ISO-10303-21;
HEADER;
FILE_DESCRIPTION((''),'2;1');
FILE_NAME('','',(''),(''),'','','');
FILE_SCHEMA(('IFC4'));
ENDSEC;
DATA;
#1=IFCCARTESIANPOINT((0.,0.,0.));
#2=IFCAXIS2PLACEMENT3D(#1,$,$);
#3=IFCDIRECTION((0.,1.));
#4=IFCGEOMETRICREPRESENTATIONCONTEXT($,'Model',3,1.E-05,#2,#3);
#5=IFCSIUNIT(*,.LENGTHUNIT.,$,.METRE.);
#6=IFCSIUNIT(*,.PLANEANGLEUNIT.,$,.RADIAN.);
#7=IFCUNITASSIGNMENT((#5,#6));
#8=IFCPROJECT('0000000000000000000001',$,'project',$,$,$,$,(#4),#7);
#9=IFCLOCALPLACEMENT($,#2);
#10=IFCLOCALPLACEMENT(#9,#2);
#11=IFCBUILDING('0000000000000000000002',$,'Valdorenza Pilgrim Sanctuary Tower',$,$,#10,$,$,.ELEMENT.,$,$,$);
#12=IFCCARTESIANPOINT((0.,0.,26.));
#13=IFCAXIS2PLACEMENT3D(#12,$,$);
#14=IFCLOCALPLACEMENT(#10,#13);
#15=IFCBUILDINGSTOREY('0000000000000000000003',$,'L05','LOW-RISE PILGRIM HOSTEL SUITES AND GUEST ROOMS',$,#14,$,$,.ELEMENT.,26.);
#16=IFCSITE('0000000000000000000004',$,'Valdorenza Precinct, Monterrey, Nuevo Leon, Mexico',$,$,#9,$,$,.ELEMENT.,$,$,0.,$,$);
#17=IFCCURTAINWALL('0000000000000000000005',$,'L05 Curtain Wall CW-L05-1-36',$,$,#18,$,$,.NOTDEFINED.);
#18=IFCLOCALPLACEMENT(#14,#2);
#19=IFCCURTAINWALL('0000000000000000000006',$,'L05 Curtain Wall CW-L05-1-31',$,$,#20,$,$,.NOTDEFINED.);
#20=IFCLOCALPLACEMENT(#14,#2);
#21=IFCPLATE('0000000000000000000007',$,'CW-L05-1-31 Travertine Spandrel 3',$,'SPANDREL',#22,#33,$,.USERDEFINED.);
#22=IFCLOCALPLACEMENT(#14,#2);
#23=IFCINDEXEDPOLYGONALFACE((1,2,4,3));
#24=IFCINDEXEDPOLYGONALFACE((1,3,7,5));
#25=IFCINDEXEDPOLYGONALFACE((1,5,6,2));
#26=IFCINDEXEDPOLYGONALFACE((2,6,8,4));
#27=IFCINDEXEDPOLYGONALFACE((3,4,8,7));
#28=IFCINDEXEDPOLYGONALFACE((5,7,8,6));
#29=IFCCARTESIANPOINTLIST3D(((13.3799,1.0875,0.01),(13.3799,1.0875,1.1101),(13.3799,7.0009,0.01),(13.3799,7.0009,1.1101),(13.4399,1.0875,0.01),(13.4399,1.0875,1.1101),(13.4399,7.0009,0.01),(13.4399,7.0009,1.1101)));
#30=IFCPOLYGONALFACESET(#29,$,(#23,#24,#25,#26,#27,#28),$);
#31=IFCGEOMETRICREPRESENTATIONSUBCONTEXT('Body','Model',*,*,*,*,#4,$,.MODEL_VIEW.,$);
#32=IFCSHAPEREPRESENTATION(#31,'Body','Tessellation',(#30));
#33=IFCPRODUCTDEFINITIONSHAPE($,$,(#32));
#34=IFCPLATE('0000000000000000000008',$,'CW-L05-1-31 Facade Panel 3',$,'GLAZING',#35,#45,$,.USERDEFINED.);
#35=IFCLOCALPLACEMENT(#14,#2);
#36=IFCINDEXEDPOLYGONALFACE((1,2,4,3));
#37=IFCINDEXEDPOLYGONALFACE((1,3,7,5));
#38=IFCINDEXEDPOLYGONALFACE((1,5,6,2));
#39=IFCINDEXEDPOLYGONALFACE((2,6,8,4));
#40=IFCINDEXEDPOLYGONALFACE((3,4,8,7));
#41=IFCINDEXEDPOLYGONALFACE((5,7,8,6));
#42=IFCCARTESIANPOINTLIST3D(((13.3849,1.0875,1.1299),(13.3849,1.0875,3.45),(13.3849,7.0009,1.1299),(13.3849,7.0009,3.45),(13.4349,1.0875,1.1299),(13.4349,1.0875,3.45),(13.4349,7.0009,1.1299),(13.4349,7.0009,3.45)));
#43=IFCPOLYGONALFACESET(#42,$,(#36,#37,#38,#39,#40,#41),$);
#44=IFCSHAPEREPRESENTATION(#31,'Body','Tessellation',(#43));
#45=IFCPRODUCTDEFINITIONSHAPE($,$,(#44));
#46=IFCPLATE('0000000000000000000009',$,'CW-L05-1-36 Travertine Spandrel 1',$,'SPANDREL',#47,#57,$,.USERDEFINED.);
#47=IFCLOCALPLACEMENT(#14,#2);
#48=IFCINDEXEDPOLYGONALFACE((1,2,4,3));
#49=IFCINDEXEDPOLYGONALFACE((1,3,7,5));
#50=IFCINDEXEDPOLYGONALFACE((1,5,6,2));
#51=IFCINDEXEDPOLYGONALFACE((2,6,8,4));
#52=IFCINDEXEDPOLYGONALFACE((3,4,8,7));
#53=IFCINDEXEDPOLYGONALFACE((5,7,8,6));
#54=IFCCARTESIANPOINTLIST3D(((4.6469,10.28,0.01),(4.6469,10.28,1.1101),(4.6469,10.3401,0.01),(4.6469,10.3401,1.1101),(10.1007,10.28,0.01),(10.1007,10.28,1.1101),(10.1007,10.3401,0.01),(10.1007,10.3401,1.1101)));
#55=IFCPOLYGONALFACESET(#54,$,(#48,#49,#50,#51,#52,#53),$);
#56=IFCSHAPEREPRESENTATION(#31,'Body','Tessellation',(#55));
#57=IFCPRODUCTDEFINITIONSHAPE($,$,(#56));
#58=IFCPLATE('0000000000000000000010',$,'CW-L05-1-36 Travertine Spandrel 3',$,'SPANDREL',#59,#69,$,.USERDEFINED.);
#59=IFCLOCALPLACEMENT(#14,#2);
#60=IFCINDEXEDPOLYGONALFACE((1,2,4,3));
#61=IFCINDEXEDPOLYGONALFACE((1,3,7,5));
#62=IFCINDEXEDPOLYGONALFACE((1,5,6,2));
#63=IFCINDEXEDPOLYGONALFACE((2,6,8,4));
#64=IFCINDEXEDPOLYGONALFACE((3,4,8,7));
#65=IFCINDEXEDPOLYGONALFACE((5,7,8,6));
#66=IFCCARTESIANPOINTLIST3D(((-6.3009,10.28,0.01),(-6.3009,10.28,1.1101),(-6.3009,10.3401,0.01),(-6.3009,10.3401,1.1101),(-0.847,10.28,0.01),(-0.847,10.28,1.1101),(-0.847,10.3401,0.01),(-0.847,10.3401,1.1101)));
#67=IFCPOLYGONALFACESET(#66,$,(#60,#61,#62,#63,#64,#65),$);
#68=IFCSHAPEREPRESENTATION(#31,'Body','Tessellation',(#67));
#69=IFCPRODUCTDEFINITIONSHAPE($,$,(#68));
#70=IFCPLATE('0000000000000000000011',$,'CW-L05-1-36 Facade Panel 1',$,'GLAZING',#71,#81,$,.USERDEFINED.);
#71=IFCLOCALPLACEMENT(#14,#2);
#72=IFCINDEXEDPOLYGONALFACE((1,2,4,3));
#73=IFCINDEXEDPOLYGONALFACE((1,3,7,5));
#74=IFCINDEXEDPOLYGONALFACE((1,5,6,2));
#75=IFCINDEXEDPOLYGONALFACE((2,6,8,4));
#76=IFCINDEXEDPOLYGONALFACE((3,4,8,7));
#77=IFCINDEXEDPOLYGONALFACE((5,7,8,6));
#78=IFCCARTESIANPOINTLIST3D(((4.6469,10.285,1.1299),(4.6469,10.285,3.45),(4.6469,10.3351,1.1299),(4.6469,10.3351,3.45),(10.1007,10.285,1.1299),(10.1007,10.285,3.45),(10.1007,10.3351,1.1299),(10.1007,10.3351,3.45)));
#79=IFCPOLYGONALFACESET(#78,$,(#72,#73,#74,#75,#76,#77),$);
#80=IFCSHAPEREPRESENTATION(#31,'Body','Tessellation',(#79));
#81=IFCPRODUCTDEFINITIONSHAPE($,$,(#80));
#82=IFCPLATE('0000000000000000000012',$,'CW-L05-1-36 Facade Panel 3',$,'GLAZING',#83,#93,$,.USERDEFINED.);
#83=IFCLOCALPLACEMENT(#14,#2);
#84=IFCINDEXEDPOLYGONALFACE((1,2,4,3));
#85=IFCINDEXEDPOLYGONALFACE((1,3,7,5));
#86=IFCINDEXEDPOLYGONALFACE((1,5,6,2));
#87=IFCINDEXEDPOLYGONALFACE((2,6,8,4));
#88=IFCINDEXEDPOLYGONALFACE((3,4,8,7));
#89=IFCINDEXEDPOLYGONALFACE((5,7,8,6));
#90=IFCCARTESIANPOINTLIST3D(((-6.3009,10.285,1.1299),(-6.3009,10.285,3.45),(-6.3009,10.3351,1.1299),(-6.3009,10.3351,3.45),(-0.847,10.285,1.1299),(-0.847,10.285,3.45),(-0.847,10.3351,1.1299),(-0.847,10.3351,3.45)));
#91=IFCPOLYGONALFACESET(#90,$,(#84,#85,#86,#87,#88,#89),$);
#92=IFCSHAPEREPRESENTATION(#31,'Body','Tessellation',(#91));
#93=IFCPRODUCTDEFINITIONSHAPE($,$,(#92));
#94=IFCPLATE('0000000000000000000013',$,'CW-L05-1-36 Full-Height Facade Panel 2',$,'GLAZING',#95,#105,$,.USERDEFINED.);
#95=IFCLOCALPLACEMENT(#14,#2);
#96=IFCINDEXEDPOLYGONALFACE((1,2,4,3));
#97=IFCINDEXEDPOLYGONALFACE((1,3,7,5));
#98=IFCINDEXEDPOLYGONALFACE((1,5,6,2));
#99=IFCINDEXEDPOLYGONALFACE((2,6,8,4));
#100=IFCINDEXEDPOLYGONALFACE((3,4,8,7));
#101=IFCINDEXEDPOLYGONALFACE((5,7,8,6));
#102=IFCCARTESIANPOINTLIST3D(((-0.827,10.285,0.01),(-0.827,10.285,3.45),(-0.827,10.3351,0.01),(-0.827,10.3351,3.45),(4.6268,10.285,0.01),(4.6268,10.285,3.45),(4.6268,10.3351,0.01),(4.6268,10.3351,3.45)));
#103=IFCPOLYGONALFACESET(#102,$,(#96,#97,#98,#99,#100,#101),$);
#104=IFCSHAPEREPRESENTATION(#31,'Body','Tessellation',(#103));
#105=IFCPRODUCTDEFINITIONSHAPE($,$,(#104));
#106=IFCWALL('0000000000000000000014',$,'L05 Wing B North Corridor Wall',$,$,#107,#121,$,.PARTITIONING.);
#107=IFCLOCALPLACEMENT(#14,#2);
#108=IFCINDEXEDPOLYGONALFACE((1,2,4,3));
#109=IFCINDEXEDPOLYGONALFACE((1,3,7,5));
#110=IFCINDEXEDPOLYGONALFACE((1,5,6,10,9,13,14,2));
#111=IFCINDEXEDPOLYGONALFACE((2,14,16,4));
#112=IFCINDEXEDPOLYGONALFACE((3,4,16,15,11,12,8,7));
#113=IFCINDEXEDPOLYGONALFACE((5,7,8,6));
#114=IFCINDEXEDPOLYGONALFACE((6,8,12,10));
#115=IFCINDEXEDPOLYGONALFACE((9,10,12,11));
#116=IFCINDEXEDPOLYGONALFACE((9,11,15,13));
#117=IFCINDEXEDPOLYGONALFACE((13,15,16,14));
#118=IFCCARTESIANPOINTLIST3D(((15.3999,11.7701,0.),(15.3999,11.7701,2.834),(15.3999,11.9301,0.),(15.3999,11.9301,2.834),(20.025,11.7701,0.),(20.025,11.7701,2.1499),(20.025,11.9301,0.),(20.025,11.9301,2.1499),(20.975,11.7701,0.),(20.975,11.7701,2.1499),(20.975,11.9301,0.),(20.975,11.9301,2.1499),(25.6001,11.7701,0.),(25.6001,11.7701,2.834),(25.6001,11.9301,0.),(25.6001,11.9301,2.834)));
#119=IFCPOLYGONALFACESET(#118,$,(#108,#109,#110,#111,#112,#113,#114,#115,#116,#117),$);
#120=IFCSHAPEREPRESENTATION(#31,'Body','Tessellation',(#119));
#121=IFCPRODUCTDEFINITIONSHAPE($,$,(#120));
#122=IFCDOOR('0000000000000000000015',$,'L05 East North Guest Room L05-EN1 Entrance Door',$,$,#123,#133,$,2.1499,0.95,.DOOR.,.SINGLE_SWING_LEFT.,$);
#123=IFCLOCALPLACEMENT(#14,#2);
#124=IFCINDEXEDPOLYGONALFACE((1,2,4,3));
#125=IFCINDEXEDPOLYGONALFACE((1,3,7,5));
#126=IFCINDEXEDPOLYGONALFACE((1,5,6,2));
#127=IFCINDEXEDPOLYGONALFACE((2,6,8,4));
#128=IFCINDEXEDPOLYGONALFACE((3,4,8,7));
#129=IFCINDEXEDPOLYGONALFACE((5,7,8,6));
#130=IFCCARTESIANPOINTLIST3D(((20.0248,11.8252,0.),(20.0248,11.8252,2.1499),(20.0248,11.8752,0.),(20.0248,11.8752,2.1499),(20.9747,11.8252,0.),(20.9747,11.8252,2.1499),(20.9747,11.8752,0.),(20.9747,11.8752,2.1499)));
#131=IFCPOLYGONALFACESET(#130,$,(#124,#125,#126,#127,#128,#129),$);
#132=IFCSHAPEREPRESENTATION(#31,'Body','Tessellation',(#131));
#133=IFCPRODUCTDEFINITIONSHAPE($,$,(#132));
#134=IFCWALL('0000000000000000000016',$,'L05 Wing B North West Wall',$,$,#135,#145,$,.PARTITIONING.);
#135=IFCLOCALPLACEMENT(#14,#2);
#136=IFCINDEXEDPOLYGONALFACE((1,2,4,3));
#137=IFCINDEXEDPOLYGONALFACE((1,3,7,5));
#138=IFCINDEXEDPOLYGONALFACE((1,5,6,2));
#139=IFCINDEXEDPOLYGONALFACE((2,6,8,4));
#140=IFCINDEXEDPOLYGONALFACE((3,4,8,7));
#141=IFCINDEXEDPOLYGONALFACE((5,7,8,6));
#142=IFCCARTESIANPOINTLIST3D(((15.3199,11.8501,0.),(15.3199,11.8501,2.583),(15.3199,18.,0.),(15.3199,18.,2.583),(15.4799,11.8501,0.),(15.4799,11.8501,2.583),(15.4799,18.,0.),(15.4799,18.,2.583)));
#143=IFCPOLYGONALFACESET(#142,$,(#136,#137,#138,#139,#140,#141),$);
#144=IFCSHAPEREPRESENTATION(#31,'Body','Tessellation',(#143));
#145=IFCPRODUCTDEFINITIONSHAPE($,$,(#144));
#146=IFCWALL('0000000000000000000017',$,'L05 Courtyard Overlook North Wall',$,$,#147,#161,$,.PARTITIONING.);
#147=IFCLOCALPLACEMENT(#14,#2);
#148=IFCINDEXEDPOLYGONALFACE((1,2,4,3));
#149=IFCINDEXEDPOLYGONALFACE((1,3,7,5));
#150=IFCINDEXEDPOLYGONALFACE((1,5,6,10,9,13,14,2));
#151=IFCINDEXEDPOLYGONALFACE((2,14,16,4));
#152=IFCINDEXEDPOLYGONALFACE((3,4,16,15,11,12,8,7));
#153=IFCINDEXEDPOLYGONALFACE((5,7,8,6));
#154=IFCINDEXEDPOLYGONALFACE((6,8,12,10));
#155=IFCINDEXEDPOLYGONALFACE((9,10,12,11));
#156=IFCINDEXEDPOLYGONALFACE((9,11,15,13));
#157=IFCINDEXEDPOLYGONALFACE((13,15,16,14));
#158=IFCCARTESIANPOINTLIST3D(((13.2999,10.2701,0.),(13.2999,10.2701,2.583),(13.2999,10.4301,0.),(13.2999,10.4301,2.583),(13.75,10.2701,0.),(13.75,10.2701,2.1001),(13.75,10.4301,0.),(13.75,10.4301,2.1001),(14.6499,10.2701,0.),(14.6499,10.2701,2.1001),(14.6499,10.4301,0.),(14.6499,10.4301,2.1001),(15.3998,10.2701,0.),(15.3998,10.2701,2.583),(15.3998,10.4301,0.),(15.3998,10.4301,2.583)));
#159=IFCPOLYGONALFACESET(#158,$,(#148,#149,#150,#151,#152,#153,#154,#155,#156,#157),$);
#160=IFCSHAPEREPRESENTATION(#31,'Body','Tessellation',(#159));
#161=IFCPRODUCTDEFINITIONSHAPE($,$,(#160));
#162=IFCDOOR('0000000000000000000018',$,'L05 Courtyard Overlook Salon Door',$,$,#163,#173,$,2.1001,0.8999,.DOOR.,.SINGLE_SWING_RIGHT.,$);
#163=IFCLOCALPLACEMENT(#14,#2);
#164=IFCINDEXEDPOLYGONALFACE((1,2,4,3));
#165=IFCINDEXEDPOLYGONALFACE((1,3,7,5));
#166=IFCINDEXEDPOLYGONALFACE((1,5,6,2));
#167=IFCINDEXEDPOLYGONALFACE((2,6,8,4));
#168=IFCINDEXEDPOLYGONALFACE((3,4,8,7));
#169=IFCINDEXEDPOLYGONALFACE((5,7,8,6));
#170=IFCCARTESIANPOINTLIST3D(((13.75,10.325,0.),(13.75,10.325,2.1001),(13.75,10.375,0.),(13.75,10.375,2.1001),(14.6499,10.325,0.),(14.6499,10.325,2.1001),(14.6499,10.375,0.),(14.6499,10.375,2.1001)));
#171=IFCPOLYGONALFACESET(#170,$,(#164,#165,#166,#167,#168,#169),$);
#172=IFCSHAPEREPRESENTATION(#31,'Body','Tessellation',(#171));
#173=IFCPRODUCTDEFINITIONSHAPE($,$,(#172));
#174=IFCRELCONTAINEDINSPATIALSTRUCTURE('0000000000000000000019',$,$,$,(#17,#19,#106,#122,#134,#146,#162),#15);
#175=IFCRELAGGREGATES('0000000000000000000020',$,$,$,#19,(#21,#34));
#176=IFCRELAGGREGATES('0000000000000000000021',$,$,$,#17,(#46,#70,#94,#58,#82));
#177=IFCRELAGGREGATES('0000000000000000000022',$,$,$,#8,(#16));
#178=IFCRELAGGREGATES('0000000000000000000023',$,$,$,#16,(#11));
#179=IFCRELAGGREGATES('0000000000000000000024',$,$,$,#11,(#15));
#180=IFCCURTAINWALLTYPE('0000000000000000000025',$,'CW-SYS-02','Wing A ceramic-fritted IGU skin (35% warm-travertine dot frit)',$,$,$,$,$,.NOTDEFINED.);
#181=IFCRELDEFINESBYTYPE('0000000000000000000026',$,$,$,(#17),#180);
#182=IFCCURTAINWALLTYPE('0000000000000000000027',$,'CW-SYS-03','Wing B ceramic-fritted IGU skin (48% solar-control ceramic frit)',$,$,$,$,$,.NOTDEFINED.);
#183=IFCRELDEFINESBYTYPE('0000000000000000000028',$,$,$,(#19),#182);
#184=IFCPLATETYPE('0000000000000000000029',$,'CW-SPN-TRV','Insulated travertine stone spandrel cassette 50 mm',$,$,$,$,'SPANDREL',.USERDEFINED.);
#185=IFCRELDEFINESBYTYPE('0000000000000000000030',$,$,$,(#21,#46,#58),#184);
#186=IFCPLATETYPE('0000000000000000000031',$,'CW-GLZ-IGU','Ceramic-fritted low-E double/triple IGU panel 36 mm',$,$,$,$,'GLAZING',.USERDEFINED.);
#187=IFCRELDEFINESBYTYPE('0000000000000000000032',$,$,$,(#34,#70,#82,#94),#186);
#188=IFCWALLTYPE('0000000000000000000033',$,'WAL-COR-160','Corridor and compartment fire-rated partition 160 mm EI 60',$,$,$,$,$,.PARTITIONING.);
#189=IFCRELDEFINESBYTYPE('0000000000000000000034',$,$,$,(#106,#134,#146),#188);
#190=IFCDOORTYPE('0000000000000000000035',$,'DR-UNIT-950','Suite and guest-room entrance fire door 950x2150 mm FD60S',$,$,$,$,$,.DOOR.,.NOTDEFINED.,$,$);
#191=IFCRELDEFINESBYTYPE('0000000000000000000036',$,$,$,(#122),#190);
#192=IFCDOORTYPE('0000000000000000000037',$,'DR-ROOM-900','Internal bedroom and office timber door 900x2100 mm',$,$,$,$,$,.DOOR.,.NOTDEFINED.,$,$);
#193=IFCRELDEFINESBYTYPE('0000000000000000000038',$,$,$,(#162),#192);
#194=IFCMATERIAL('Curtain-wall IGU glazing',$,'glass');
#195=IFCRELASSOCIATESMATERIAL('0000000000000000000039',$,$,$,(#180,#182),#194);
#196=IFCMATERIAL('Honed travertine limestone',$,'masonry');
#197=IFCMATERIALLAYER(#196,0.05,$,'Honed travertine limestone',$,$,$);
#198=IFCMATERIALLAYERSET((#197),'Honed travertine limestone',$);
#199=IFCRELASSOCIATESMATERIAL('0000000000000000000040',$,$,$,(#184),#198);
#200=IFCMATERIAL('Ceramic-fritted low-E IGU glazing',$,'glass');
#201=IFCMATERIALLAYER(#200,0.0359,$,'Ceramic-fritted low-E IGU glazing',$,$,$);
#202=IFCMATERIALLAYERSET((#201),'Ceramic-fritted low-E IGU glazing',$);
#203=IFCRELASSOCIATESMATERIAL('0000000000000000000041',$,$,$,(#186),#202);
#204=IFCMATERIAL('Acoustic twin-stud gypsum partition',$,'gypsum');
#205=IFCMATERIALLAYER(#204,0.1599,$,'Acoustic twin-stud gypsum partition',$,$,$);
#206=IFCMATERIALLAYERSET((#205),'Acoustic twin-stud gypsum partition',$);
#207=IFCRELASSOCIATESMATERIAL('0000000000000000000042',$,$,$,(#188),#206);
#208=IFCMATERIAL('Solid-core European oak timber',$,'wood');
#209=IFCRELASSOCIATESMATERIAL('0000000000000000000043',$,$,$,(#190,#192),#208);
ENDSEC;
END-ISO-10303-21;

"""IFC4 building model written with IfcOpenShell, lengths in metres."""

from ifc_helpers import new_model, si_unit, direction, frame, frame_2d, origin, origin_2d, place, context, subcontext, project, spatial, rectangle, extrude, source, transform, mapped, material, layer, layer_set, type_object, element, fill, aggregate, save


model = new_model("IFC4")

# Units and contexts
model_context = context("Model", 3, precision=1e-05, world=origin(), true_north=direction((0.0, 1.0)))
body_context = subcontext(model_context, "Body", "Model", "MODEL_VIEW")
ifc_project = project(units=[si_unit("LENGTHUNIT", "METRE"), si_unit("PLANEANGLEUNIT", "RADIAN")], contexts=[model_context])

# Site, building, storey
site_placement = place(None, origin())
site = spatial("IfcSite", under=ifc_project, at=site_placement, Name="Valdorenza Precinct, Monterrey, Nuevo Leon, Mexico", CompositionType="ELEMENT", RefElevation=0.0)
building_placement = place(site_placement, origin())
building = spatial("IfcBuilding", under=site, at=building_placement, Name="Valdorenza Pilgrim Sanctuary Tower", CompositionType="ELEMENT")
storey_placement = place(building_placement, frame((0.0, 0.0, 26.0)))
storey = spatial("IfcBuildingStorey", under=building, at=storey_placement, Name="L05", Description="LOW-RISE PILGRIM HOSTEL SUITES AND GUEST ROOMS", CompositionType="ELEMENT", Elevation=26.0)

# Curtain walls
ifc_material_1 = material(Name="Curtain-wall IGU glazing", Category="glass")
curtain_wall_type_1 = type_object("IfcCurtainWallType", Name="CW-SYS-02", Description="Wing A ceramic-fritted IGU skin (35% warm-travertine dot frit)", PredefinedType="NOTDEFINED", material=ifc_material_1)
curtain_wall_1_placement = place(storey_placement, origin())
curtain_wall_1 = element("IfcCurtainWall", 1, at=curtain_wall_1_placement, inside=storey, type_object=curtain_wall_type_1, Name="L05 Curtain Wall CW-L05-1-36", PredefinedType="NOTDEFINED")
curtain_wall_type_2 = type_object("IfcCurtainWallType", Name="CW-SYS-03", Description="Wing B ceramic-fritted IGU skin (48% solar-control ceramic frit)", PredefinedType="NOTDEFINED", material=ifc_material_1)
curtain_wall_2_placement = place(storey_placement, origin())
curtain_wall_2 = element("IfcCurtainWall", 2, at=curtain_wall_2_placement, inside=storey, type_object=curtain_wall_type_2, Name="L05 Curtain Wall CW-L05-1-31", PredefinedType="NOTDEFINED")

# Plates
ifc_material_2 = material(Name="Honed travertine limestone", Category="masonry")
ifc_layer_1 = layer(ifc_material_2, 0.05, Name="Honed travertine limestone")
ifc_layer_set_1 = layer_set([ifc_layer_1], Name="Honed travertine limestone")
plate_type_1 = type_object("IfcPlateType", Name="CW-SPN-TRV", Description="Insulated travertine stone spandrel cassette 50 mm", ElementType="SPANDREL", PredefinedType="USERDEFINED", material=ifc_layer_set_1)
shared_shape_1 = source(origin(), body_context, "Body", "SweptSolid", [
    extrude(rectangle(XDim=5.9133, YDim=0.0601, at=origin_2d()), origin(), (0.0, 0.0, 1.0), 1.1001),
])
plate_1_placement = place(storey_placement, frame((13.4099, 4.0442, 0.01), z_axis=(0.0, 0.0, 1.0), x_axis=(0.0, 1.0, 0.0)))
plate_1 = element("IfcPlate", 3, at=plate_1_placement, type_object=plate_type_1, Name="CW-L05-1-31 Travertine Spandrel 3", ObjectType="SPANDREL", PredefinedType="USERDEFINED", context=body_context, shape_type="MappedRepresentation", body=[
    mapped(shared_shape_1, transform((0.0, 0.0, 0.0), x_axis=(1.0, 0.0, 0.0), y_axis=(0.0, 1.0, 0.0), z_axis=(0.0, 0.0, 1.0), scale=1.0)),
])
ifc_material_3 = material(Name="Ceramic-fritted low-E IGU glazing", Category="glass")
ifc_layer_2 = layer(ifc_material_3, 0.0359, Name="Ceramic-fritted low-E IGU glazing")
ifc_layer_set_2 = layer_set([ifc_layer_2], Name="Ceramic-fritted low-E IGU glazing")
plate_type_2 = type_object("IfcPlateType", Name="CW-GLZ-IGU", Description="Ceramic-fritted low-E double/triple IGU panel 36 mm", ElementType="GLAZING", PredefinedType="USERDEFINED", material=ifc_layer_set_2)
shared_shape_2 = source(origin(), body_context, "Body", "SweptSolid", [
    extrude(rectangle(XDim=5.9133, YDim=0.05, at=origin_2d()), origin(), (0.0, 0.0, 1.0), 2.3201),
])
plate_2_placement = place(storey_placement, frame((13.4099, 4.0442, 1.1299), z_axis=(0.0, 0.0, 1.0), x_axis=(0.0, 1.0, 0.0)))
plate_2 = element("IfcPlate", 4, at=plate_2_placement, type_object=plate_type_2, Name="CW-L05-1-31 Facade Panel 3", ObjectType="GLAZING", PredefinedType="USERDEFINED", context=body_context, shape_type="MappedRepresentation", body=[
    mapped(shared_shape_2, transform((0.0, 0.0, 0.0), x_axis=(1.0, 0.0, 0.0), y_axis=(0.0, 1.0, 0.0), z_axis=(0.0, 0.0, 1.0), scale=1.0)),
])
aggregate(curtain_wall_2, [plate_1, plate_2])
shared_shape_3 = source(origin(), body_context, "Body", "SweptSolid", [
    extrude(rectangle(XDim=5.4539, YDim=0.0601, at=origin_2d()), origin(), (0.0, 0.0, 1.0), 1.1001),
])
plate_3_placement = place(storey_placement, frame((7.3738, 10.3101, 0.01), z_axis=(0.0, 0.0, 1.0), x_axis=(-1.0, 0.0, 0.0)))
plate_3 = element("IfcPlate", 5, at=plate_3_placement, type_object=plate_type_1, Name="CW-L05-1-36 Travertine Spandrel 1", ObjectType="SPANDREL", PredefinedType="USERDEFINED", context=body_context, shape_type="MappedRepresentation", body=[
    mapped(shared_shape_3, transform((0.0, 0.0, 0.0), x_axis=(1.0, 0.0, 0.0), y_axis=(0.0, 1.0, 0.0), z_axis=(0.0, 0.0, 1.0), scale=1.0)),
])
plate_4_placement = place(storey_placement, frame((-3.574, 10.3101, 0.01), z_axis=(0.0, 0.0, 1.0), x_axis=(-1.0, 0.0, 0.0)))
plate_4 = element("IfcPlate", 6, at=plate_4_placement, type_object=plate_type_1, Name="CW-L05-1-36 Travertine Spandrel 3", ObjectType="SPANDREL", PredefinedType="USERDEFINED", context=body_context, shape_type="MappedRepresentation", body=[
    mapped(shared_shape_3, transform((0.0, 0.0, 0.0), x_axis=(1.0, 0.0, 0.0), y_axis=(0.0, 1.0, 0.0), z_axis=(0.0, 0.0, 1.0), scale=1.0)),
])
shared_shape_4 = source(origin(), body_context, "Body", "SweptSolid", [
    extrude(rectangle(XDim=5.4539, YDim=0.05, at=origin_2d()), origin(), (0.0, 0.0, 1.0), 2.3201),
])
plate_5_placement = place(storey_placement, frame((7.3738, 10.3101, 1.1299), z_axis=(0.0, 0.0, 1.0), x_axis=(-1.0, 0.0, 0.0)))
plate_5 = element("IfcPlate", 7, at=plate_5_placement, type_object=plate_type_2, Name="CW-L05-1-36 Facade Panel 1", ObjectType="GLAZING", PredefinedType="USERDEFINED", context=body_context, shape_type="MappedRepresentation", body=[
    mapped(shared_shape_4, transform((0.0, 0.0, 0.0), x_axis=(1.0, 0.0, 0.0), y_axis=(0.0, 1.0, 0.0), z_axis=(0.0, 0.0, 1.0), scale=1.0)),
])
plate_6_placement = place(storey_placement, frame((-3.574, 10.3101, 1.1299), z_axis=(0.0, 0.0, 1.0), x_axis=(-1.0, 0.0, 0.0)))
plate_6 = element("IfcPlate", 8, at=plate_6_placement, type_object=plate_type_2, Name="CW-L05-1-36 Facade Panel 3", ObjectType="GLAZING", PredefinedType="USERDEFINED", context=body_context, shape_type="MappedRepresentation", body=[
    mapped(shared_shape_4, transform((0.0, 0.0, 0.0), x_axis=(1.0, 0.0, 0.0), y_axis=(0.0, 1.0, 0.0), z_axis=(0.0, 0.0, 1.0), scale=1.0)),
])
shared_shape_5 = source(origin(), body_context, "Body", "SweptSolid", [
    extrude(rectangle(XDim=5.4539, YDim=0.05, at=origin_2d()), origin(), (0.0, 0.0, 1.0), 3.4399),
])
plate_7_placement = place(storey_placement, frame((1.8999, 10.3101, 0.01), z_axis=(0.0, 0.0, 1.0), x_axis=(-1.0, 0.0, 0.0)))
plate_7 = element("IfcPlate", 9, at=plate_7_placement, type_object=plate_type_2, Name="CW-L05-1-36 Full-Height Facade Panel 2", ObjectType="GLAZING", PredefinedType="USERDEFINED", context=body_context, shape_type="MappedRepresentation", body=[
    mapped(shared_shape_5, transform((0.0, 0.0, 0.0), x_axis=(1.0, 0.0, 0.0), y_axis=(0.0, 1.0, 0.0), z_axis=(0.0, 0.0, 1.0), scale=1.0)),
])
aggregate(curtain_wall_1, [plate_3, plate_5, plate_7, plate_4, plate_6])

# Wall, opening, door
ifc_material_4 = material(Name="Acoustic twin-stud gypsum partition", Category="gypsum")
ifc_layer_3 = layer(ifc_material_4, 0.1599, Name="Acoustic twin-stud gypsum partition")
ifc_layer_set_3 = layer_set([ifc_layer_3], Name="Acoustic twin-stud gypsum partition")
wall_type_1 = type_object("IfcWallType", Name="WAL-COR-160", Description="Corridor and compartment fire-rated partition 160 mm EI 60", PredefinedType="PARTITIONING", material=ifc_layer_set_3)
wall_1_placement = place(storey_placement, frame((15.3999, 11.8501, 0.0), z_axis=(0.0, 0.0, 1.0), x_axis=(1.0, 0.0, 0.0)))
wall_1 = element("IfcWall", 10, at=wall_1_placement, inside=storey, type_object=wall_type_1, Name="L05 Wing B North Corridor Wall", PredefinedType="PARTITIONING", context=body_context, shape_type="SweptSolid", body=[
    extrude(rectangle(XDim=10.2002, YDim=0.1599, at=frame_2d((5.1001, 0.0))), origin(), (0.0, 0.0, 1.0), 2.834),
])
opening_1_placement = place(wall_1_placement, frame((4.625, 0.0, 0.0)))
opening_1 = element("IfcOpeningElement", 11, at=opening_1_placement, cuts=wall_1, PredefinedType="OPENING", context=body_context, shape_type="SweptSolid", body=[
    extrude(rectangle(XDim=0.95, YDim=2.1499, at=frame_2d((0.4751, 1.075))), frame((0.0, 0.0947, 0.0), z_axis=(0.0, -1.0, 0.0), x_axis=(1.0, 0.0, 0.0)), (0.0, 0.0, 1.0), 0.1897),
])
ifc_material_5 = material(Name="Solid-core European oak timber", Category="wood")
door_type_1 = type_object("IfcDoorType", Name="DR-UNIT-950", Description="Suite and guest-room entrance fire door 950x2150 mm FD60S", OperationType="NOTDEFINED", PredefinedType="DOOR", material=ifc_material_5)
door_1_placement = place(opening_1_placement, frame((0.95, 0.0, 0.0), z_axis=(0.0, 0.0, 1.0), x_axis=(-1.0, 0.0, 0.0)))
door_1 = element("IfcDoor", 12, at=door_1_placement, inside=storey, type_object=door_type_1, Name="L05 East North Guest Room L05-EN1 Entrance Door", OperationType="SINGLE_SWING_LEFT", OverallHeight=2.1499, OverallWidth=0.95, PredefinedType="DOOR", context=body_context, shape_type="SweptSolid", body=[
    extrude(rectangle(XDim=0.95, YDim=2.1499, at=frame_2d((0.4751, 1.075))), frame((0.0, 0.0249, 0.0), z_axis=(0.0, -1.0, 0.0), x_axis=(1.0, 0.0, 0.0)), (0.0, 0.0, 1.0), 0.05),
])
fill(opening_1, door_1)

# Wall
wall_2_placement = place(storey_placement, frame((15.3999, 11.8501, 0.0), z_axis=(0.0, 0.0, 1.0), x_axis=(0.0, 1.0, 0.0)))
element("IfcWall", 13, at=wall_2_placement, inside=storey, type_object=wall_type_1, Name="L05 Wing B North West Wall", PredefinedType="PARTITIONING", context=body_context, shape_type="SweptSolid", body=[
    extrude(rectangle(XDim=6.1499, YDim=0.1599, at=frame_2d((3.075, 0.0))), origin(), (0.0, 0.0, 1.0), 2.583),
])

# Wall, opening, door
wall_3_placement = place(storey_placement, frame((13.3, 10.3501, 0.0), z_axis=(0.0, 0.0, 1.0), x_axis=(1.0, 0.0, 0.0)))
wall_3 = element("IfcWall", 14, at=wall_3_placement, inside=storey, type_object=wall_type_1, Name="L05 Courtyard Overlook North Wall", PredefinedType="PARTITIONING", context=body_context, shape_type="SweptSolid", body=[
    extrude(rectangle(XDim=2.0999, YDim=0.1599, at=frame_2d((1.0498, 0.0))), origin(), (0.0, 0.0, 1.0), 2.583),
])
opening_2_placement = place(wall_3_placement, frame((0.45, 0.0, 0.0)))
opening_2 = element("IfcOpeningElement", 15, at=opening_2_placement, cuts=wall_3, PredefinedType="OPENING", context=body_context, shape_type="SweptSolid", body=[
    extrude(rectangle(XDim=0.8999, YDim=2.1001, at=frame_2d((0.45, 1.05))), frame((0.0, 0.0947, 0.0), z_axis=(0.0, -1.0, 0.0), x_axis=(1.0, 0.0, 0.0)), (0.0, 0.0, 1.0), 0.1897),
])
door_type_2 = type_object("IfcDoorType", Name="DR-ROOM-900", Description="Internal bedroom and office timber door 900x2100 mm", OperationType="NOTDEFINED", PredefinedType="DOOR", material=ifc_material_5)
door_2_placement = place(opening_2_placement, origin())
door_2 = element("IfcDoor", 16, at=door_2_placement, inside=storey, type_object=door_type_2, Name="L05 Courtyard Overlook Salon Door", OperationType="SINGLE_SWING_RIGHT", OverallHeight=2.1001, OverallWidth=0.8999, PredefinedType="DOOR", context=body_context, shape_type="SweptSolid", body=[
    extrude(rectangle(XDim=0.8999, YDim=2.1001, at=frame_2d((0.45, 1.05))), frame((0.0, 0.0249, 0.0), z_axis=(0.0, -1.0, 0.0), x_axis=(1.0, 0.0, 0.0)), (0.0, 0.0, 1.0), 0.05),
])
fill(opening_2, door_2)

save(model, "model.ifc")
